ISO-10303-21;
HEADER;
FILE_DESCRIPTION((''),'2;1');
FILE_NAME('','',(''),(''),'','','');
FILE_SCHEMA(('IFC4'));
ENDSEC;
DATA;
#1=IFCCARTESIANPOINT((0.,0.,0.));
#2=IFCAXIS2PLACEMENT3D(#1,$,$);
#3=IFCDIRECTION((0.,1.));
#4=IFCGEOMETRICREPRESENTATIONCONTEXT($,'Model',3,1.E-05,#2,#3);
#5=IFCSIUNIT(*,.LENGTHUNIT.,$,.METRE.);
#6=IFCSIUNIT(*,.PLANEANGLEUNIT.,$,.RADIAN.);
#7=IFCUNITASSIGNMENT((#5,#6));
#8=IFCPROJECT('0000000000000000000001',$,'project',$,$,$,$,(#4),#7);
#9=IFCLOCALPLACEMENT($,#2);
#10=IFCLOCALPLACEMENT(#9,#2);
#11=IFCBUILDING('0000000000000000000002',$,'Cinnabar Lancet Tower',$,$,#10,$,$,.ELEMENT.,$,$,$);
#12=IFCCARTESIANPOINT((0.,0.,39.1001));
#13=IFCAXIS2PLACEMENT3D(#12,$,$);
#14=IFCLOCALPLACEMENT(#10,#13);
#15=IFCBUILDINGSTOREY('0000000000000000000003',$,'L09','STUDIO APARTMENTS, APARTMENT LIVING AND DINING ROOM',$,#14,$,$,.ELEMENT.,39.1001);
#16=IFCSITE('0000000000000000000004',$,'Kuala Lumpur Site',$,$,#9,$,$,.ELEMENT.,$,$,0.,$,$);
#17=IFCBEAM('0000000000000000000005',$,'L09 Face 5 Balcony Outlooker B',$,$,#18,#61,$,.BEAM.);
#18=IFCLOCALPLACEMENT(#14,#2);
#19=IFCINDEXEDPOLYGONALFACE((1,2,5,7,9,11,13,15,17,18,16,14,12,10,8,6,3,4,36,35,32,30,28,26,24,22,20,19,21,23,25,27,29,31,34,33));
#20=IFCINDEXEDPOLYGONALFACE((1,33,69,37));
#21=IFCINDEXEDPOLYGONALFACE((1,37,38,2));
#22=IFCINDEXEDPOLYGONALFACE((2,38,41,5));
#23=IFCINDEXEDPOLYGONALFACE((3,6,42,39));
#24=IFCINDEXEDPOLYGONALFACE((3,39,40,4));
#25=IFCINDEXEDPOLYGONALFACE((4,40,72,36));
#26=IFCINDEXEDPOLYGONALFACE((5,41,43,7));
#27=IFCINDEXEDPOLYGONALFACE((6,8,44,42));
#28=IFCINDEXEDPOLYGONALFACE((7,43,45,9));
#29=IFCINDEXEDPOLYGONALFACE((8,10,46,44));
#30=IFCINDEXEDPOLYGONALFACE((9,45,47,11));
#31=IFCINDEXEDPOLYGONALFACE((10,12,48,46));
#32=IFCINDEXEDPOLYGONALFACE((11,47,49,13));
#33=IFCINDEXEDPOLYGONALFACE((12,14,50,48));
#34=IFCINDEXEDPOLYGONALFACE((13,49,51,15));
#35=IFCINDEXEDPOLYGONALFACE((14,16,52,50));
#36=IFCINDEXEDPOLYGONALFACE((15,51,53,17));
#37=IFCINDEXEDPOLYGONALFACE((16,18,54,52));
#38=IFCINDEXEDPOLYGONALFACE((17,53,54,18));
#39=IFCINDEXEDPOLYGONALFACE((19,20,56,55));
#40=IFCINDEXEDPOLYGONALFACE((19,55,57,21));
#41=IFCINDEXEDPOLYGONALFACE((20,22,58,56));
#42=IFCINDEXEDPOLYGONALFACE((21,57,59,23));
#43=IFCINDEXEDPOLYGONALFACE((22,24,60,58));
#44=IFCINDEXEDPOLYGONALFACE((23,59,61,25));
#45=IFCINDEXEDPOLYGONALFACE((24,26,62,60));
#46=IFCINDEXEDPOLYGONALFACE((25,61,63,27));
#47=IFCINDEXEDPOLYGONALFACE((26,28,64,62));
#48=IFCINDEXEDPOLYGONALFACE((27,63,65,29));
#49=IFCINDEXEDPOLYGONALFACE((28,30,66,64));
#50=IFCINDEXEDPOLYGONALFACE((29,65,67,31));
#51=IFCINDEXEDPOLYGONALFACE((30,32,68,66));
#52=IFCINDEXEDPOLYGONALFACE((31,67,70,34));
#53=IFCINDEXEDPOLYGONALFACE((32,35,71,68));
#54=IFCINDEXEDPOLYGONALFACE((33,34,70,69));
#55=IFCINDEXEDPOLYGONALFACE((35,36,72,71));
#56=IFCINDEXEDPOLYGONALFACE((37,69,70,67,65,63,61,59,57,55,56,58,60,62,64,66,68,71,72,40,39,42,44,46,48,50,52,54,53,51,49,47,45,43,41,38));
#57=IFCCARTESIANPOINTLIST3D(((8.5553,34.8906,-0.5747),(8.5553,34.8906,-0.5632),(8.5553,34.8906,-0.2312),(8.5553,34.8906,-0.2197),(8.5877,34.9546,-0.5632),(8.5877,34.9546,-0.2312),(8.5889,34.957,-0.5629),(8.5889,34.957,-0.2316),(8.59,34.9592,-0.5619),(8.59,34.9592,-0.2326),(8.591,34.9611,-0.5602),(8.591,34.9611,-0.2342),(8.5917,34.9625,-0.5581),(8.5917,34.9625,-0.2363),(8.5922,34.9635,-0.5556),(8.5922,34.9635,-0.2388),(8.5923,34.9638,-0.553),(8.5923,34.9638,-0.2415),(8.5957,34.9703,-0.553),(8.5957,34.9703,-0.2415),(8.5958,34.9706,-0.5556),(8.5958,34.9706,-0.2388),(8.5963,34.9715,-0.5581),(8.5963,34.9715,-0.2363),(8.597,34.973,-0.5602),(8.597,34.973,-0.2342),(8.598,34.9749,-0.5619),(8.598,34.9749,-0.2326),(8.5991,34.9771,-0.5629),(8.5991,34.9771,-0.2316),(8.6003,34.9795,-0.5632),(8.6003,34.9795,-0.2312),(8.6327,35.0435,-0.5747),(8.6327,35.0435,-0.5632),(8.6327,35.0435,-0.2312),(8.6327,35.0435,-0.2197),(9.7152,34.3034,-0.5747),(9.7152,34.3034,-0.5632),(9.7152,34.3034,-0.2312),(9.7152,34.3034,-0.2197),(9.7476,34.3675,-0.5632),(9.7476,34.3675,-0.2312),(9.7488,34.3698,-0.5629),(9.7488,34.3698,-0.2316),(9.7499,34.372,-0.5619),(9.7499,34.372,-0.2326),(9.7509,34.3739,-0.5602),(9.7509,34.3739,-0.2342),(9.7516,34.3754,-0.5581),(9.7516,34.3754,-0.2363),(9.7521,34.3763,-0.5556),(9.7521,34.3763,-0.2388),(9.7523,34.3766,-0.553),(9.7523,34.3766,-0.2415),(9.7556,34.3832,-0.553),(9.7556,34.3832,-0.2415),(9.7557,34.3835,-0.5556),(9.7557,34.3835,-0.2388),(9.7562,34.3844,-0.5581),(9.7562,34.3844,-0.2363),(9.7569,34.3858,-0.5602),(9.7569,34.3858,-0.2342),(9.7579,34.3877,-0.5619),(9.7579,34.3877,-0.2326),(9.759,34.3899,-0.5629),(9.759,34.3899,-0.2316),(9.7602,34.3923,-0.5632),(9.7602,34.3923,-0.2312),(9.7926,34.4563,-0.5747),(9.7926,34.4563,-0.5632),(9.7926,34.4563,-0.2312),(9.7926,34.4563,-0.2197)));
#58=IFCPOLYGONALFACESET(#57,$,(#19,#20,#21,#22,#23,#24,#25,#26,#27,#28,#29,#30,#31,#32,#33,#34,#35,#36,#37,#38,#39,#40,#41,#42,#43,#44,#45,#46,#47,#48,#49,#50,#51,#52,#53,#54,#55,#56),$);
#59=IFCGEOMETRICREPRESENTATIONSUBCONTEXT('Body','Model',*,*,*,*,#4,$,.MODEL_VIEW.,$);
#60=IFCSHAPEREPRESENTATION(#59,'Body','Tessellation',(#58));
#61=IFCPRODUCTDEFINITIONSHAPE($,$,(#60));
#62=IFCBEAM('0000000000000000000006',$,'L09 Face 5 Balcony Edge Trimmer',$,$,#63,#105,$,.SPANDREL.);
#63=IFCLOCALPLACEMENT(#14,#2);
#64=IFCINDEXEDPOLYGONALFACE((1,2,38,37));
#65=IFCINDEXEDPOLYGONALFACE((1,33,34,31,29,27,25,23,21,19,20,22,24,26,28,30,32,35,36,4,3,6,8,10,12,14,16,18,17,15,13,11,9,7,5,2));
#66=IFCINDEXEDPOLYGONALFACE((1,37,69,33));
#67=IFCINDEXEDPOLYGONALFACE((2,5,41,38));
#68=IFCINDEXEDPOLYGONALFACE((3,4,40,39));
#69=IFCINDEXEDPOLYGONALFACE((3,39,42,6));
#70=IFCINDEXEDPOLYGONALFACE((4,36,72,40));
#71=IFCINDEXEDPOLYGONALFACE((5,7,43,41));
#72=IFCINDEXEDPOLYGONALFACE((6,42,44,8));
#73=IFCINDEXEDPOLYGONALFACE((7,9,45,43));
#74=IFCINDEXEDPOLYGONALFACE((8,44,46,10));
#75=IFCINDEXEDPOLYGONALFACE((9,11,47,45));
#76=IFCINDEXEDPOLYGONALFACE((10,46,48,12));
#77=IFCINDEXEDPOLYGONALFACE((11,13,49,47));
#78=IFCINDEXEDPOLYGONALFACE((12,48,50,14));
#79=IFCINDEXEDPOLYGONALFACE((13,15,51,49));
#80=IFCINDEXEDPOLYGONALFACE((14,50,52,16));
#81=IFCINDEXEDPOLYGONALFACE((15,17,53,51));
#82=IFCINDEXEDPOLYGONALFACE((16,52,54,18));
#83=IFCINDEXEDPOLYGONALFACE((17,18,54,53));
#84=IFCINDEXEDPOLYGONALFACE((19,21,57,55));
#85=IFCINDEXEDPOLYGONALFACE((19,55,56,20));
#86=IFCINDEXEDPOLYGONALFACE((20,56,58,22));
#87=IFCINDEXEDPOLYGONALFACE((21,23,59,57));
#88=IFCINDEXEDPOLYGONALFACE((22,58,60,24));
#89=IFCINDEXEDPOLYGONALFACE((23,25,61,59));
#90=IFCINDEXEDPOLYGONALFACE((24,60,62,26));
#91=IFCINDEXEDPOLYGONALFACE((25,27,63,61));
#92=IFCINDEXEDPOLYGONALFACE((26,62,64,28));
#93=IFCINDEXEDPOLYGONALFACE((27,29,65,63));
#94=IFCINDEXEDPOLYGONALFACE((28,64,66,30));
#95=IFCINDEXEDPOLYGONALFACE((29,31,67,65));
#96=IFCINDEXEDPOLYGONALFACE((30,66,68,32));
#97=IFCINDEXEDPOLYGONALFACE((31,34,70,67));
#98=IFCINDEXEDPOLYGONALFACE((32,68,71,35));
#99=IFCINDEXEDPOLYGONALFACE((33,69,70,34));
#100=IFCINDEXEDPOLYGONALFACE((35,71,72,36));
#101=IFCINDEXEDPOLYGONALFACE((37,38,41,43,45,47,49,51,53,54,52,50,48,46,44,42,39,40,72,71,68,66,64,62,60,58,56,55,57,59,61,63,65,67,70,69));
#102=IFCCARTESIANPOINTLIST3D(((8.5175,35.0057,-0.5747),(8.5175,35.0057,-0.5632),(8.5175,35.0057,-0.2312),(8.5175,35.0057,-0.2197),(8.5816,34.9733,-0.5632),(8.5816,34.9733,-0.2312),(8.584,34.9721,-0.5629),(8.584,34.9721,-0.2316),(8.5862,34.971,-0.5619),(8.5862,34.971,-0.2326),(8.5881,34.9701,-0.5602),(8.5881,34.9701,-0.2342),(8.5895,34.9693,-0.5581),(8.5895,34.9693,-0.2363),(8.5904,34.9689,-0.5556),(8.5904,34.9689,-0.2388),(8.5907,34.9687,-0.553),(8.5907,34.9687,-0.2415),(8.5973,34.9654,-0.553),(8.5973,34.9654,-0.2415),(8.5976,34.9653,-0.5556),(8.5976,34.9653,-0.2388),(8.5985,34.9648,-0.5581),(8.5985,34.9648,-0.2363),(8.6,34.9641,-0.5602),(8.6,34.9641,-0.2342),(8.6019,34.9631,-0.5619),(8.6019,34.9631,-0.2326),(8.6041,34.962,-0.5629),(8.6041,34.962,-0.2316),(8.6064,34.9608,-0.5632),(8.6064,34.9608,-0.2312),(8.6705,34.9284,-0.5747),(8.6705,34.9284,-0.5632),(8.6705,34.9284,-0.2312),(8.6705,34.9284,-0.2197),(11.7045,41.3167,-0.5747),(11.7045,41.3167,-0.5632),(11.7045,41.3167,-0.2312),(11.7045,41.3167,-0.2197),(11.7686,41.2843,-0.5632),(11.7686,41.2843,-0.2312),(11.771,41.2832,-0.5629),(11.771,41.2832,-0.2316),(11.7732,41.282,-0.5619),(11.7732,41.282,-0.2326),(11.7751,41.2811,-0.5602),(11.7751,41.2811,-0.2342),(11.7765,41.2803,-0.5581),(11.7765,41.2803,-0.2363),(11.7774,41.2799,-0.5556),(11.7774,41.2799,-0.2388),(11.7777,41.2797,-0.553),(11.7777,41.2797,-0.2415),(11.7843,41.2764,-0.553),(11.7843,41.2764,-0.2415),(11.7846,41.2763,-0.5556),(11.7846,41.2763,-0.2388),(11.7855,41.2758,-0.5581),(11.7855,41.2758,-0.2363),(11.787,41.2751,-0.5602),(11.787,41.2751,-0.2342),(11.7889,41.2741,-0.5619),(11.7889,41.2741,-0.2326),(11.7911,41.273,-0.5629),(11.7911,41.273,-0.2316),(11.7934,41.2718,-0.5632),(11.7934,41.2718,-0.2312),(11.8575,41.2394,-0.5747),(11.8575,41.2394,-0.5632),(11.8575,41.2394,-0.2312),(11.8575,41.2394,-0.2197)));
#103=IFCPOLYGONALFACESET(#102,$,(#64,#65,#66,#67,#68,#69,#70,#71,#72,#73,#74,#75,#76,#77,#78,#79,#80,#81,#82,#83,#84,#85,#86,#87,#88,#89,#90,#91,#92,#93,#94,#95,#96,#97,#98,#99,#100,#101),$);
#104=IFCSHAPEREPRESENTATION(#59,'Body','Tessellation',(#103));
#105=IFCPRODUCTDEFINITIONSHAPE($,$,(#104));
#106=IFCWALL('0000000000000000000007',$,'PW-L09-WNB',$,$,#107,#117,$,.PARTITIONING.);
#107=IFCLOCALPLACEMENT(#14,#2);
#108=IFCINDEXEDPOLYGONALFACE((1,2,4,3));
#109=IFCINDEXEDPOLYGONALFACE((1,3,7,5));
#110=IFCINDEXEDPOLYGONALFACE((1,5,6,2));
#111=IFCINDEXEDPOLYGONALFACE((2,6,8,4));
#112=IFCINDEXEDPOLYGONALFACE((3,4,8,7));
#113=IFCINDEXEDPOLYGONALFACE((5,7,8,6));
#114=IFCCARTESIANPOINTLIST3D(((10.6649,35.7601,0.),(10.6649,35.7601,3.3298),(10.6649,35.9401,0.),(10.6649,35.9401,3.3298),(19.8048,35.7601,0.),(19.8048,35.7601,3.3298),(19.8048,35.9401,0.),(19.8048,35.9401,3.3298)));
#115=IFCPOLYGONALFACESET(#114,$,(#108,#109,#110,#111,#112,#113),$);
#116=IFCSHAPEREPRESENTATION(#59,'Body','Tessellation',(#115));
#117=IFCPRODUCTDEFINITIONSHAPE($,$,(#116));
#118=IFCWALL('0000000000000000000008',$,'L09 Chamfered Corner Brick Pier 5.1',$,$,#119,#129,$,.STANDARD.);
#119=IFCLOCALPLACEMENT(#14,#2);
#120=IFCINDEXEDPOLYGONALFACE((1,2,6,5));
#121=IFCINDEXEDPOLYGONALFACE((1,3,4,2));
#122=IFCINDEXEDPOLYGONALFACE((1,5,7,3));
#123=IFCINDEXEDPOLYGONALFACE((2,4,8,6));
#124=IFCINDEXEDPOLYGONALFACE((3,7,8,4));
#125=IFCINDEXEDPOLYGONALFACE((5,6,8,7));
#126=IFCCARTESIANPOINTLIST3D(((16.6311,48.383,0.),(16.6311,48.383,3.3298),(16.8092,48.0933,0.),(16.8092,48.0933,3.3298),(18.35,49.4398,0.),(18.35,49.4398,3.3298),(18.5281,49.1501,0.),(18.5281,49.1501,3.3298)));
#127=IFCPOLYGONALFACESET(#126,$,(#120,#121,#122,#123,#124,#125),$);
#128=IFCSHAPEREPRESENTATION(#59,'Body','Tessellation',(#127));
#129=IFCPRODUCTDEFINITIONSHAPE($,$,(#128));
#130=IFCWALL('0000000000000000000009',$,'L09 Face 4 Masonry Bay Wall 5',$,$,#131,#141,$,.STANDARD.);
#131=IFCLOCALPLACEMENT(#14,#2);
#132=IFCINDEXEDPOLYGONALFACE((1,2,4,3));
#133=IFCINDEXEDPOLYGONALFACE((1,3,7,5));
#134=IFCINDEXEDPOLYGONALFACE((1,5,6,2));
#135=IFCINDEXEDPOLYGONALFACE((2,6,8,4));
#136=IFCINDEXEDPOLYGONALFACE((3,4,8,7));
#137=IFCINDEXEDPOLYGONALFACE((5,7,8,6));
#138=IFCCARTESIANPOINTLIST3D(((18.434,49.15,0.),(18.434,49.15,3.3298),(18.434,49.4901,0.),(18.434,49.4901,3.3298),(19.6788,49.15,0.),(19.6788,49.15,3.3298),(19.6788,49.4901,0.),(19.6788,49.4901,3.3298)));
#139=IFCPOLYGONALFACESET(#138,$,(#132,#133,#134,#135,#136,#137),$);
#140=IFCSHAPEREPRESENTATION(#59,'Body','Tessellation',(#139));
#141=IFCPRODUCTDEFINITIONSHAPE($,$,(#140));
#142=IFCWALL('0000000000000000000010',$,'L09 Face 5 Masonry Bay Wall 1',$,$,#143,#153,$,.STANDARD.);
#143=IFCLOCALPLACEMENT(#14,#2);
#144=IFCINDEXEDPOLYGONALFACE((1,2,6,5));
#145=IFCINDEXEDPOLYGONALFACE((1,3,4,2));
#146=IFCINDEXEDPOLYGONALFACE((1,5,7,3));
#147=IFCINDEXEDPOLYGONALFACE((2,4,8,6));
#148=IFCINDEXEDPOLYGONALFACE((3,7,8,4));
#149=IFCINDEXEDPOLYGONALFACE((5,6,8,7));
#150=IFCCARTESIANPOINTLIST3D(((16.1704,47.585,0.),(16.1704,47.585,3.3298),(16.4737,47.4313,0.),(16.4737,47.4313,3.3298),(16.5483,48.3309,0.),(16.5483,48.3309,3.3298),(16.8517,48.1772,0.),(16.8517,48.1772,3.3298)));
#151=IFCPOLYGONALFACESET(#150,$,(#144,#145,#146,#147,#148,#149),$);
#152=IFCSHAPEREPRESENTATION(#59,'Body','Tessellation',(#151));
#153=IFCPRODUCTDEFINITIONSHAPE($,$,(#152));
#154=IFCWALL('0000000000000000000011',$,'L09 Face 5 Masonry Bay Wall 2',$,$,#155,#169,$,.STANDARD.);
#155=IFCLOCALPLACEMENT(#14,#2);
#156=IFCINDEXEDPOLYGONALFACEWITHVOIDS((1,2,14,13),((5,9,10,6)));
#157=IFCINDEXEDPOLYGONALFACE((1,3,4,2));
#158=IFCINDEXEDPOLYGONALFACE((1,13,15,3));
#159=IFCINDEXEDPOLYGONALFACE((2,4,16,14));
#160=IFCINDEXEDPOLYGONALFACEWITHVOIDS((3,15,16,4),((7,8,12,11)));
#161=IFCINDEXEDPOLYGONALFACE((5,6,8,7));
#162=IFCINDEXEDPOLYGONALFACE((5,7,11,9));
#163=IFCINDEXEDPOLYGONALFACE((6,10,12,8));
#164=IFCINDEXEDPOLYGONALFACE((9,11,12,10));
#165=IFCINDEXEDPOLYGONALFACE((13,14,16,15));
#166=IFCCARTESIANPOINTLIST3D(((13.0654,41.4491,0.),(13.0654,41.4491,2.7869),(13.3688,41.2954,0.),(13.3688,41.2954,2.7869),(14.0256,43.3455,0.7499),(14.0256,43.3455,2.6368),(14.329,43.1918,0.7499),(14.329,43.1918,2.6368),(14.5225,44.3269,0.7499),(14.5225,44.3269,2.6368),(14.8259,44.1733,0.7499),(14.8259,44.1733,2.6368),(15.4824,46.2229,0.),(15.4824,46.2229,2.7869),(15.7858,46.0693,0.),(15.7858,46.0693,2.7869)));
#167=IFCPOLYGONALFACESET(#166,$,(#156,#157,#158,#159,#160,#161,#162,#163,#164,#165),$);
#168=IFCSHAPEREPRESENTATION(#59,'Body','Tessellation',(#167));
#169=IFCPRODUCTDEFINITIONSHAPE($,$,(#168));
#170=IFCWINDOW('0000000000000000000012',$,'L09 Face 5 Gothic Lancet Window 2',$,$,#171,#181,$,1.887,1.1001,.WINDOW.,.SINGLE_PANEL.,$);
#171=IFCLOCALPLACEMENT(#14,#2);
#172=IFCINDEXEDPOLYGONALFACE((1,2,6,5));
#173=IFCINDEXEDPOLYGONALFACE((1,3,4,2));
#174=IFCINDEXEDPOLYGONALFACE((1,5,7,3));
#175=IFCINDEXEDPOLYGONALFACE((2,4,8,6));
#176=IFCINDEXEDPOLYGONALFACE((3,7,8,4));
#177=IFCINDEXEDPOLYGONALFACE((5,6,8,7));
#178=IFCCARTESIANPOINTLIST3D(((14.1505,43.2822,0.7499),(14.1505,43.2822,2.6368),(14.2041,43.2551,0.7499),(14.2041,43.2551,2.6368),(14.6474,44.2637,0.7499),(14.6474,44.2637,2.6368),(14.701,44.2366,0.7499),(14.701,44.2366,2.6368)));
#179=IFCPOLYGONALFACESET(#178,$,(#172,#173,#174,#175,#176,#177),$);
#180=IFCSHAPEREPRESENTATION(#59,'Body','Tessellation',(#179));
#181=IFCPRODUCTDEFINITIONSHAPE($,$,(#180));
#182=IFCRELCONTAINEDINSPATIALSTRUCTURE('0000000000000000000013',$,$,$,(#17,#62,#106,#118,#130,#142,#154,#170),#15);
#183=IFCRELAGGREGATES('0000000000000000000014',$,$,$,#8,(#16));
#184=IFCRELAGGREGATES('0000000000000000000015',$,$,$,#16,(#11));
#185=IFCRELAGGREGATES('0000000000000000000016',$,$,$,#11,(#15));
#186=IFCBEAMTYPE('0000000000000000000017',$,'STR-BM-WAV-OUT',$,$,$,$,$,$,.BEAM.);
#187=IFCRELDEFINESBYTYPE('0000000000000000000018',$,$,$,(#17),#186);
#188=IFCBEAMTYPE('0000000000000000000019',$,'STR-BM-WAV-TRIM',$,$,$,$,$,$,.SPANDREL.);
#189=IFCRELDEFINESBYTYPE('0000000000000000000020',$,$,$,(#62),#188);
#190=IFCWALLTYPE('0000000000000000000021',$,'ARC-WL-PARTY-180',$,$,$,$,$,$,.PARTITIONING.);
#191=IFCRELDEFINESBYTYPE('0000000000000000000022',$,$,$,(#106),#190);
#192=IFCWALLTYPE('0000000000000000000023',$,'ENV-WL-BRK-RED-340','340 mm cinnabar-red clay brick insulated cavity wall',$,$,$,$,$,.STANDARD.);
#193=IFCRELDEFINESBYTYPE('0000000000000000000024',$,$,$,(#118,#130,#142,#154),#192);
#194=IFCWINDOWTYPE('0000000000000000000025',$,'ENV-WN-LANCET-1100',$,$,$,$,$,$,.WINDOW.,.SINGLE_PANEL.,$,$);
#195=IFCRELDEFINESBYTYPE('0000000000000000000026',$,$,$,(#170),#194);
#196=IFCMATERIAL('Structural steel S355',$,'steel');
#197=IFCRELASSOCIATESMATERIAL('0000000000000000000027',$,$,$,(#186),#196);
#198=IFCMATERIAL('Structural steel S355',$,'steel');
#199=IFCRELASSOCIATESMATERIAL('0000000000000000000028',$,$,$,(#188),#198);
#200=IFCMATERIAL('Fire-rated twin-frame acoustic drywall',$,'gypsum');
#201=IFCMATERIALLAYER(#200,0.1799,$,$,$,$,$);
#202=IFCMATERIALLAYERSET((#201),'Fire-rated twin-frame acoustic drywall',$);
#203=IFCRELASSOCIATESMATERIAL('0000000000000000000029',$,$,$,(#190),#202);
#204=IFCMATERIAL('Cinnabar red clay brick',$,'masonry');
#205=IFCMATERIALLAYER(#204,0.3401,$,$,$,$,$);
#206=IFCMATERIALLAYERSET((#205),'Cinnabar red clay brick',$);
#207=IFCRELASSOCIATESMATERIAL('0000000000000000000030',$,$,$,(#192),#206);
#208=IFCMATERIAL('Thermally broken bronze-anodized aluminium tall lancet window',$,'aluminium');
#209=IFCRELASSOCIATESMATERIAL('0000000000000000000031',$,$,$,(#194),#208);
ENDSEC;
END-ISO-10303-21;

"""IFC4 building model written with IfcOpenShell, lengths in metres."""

from ifc_helpers import new_model, si_unit, direction, frame, frame_2d, origin, origin_2d, place, context, subcontext, project, spatial, rectangle, i_section, extrude, material, layer, layer_set, material_profile, profile_set, type_object, element, fill, save


model = new_model("IFC4")

# Units and contexts
model_context = context("Model", 3, precision=1e-05, world=origin(), true_north=direction((0.0, 1.0)))
body_context = subcontext(model_context, "Body", "Model", "MODEL_VIEW")
ifc_project = project(units=[si_unit("LENGTHUNIT", "METRE"), si_unit("PLANEANGLEUNIT", "RADIAN")], contexts=[model_context])

# Site, building, storey
site_placement = place(None, origin())
site = spatial("IfcSite", under=ifc_project, at=site_placement, Name="Kuala Lumpur Site", CompositionType="ELEMENT", RefElevation=0.0)
building_placement = place(site_placement, origin())
building = spatial("IfcBuilding", under=site, at=building_placement, Name="Cinnabar Lancet Tower", CompositionType="ELEMENT")
storey_placement = place(building_placement, frame((0.0, 0.0, 39.1001)))
storey = spatial("IfcBuildingStorey", under=building, at=storey_placement, Name="L09", Description="STUDIO APARTMENTS, APARTMENT LIVING AND DINING ROOM", CompositionType="ELEMENT", Elevation=39.1001)

# Beams
ifc_material_1 = material(Name="Structural steel S355", Category="steel")
ifc_material_profile_1 = material_profile(ifc_material_1, i_section(OverallWidth=0.1714, OverallDepth=0.355, WebThickness=0.0073, FlangeThickness=0.0115, FilletRadius=0.0103, at=origin_2d()), Name="UKB 356x171x51")
ifc_profile_set_1 = profile_set([ifc_material_profile_1], Name="Structural steel S355")
beam_type_1 = type_object("IfcBeamType", Name="STR-BM-WAV-OUT", PredefinedType="BEAM", material=ifc_profile_set_1)
for number, where, z_axis, x_axis, name in (
    (1, (9.7539, 34.3799, -0.3972), (-0.8922, 0.45164, 0.0), (-0.45164, -0.8922, 0.0), "L09 Face 5 Balcony Outlooker B"),
):
    element("IfcBeam", number, at=place(storey_placement, frame(where, z_axis=z_axis, x_axis=x_axis)), inside=storey, type_object=beam_type_1, Name=name, PredefinedType="BEAM", context=body_context, shape_type="SweptSolid", body=[
        extrude(i_section(OverallWidth=0.1714, OverallDepth=0.355, WebThickness=0.0073, FlangeThickness=0.0115, FilletRadius=0.0103, at=origin_2d()), origin(), (0.0, 0.0, 1.0), 1.3),
    ])
ifc_material_2 = material(Name="Structural steel S355", Category="steel")
ifc_material_profile_2 = material_profile(ifc_material_2, i_section(OverallWidth=0.1714, OverallDepth=0.355, WebThickness=0.0073, FlangeThickness=0.0115, FilletRadius=0.0103, at=origin_2d()), Name="UKB 356x171x51")
ifc_profile_set_2 = profile_set([ifc_material_profile_2], Name="Structural steel S355")
beam_type_2 = type_object("IfcBeamType", Name="STR-BM-WAV-TRIM", PredefinedType="SPANDREL", material=ifc_profile_set_2)
beam_1_placement = place(storey_placement, frame((11.781, 41.2781, -0.3972), z_axis=(-0.450774, -0.892638, 0.0), x_axis=(0.892638, -0.450774, 0.0)))
element("IfcBeam", 2, at=beam_1_placement, inside=storey, type_object=beam_type_2, Name="L09 Face 5 Balcony Edge Trimmer", PredefinedType="SPANDREL", context=body_context, shape_type="SweptSolid", body=[
    extrude(i_section(OverallWidth=0.1714, OverallDepth=0.355, WebThickness=0.0073, FlangeThickness=0.0115, FilletRadius=0.0103, at=origin_2d()), origin(), (0.0, 0.0, 1.0), 7.0701),
])

# Walls
ifc_material_3 = material(Name="Fire-rated twin-frame acoustic drywall", Category="gypsum")
ifc_layer_1 = layer(ifc_material_3, 0.1799)
ifc_layer_set_1 = layer_set([ifc_layer_1], Name="Fire-rated twin-frame acoustic drywall")
wall_type_1 = type_object("IfcWallType", Name="ARC-WL-PARTY-180", PredefinedType="PARTITIONING", material=ifc_layer_set_1)
wall_1_placement = place(storey_placement, frame((10.665, 35.8501, 0.0), z_axis=(0.0, 0.0, 1.0), x_axis=(1.0, 0.0, 0.0)))
element("IfcWall", 3, at=wall_1_placement, inside=storey, type_object=wall_type_1, Name="PW-L09-WNB", PredefinedType="PARTITIONING", context=body_context, shape_type="SweptSolid", body=[
    extrude(rectangle(XDim=9.1399, YDim=0.1799, at=frame_2d((4.5698, 0.0))), origin(), (0.0, 0.0, 1.0), 3.3298),
])
ifc_material_4 = material(Name="Cinnabar red clay brick", Category="masonry")
ifc_layer_2 = layer(ifc_material_4, 0.3401)
ifc_layer_set_2 = layer_set([ifc_layer_2], Name="Cinnabar red clay brick")
wall_type_2 = type_object("IfcWallType", Name="ENV-WL-BRK-RED-340", Description="340 mm cinnabar-red clay brick insulated cavity wall", PredefinedType="STANDARD", material=ifc_layer_set_2)
wall_2_placement = place(storey_placement, frame((18.439, 49.2949, 0.0), z_axis=(0.0, 0.0, 1.0), x_axis=(-0.85187, -0.523753, 0.0)))
element("IfcWall", 4, at=wall_2_placement, inside=storey, type_object=wall_type_2, Name="L09 Chamfered Corner Brick Pier 5.1", PredefinedType="STANDARD", context=body_context, shape_type="SweptSolid", body=[
    extrude(rectangle(XDim=2.0178, YDim=0.3401, at=frame_2d((1.0088, 0.0))), origin(), (0.0, 0.0, 1.0), 3.3298),
])
wall_3_placement = place(storey_placement, frame((19.679, 49.3201, 0.0), z_axis=(0.0, 0.0, 1.0), x_axis=(-1.0, 0.0, 0.0)))
element("IfcWall", 5, at=wall_3_placement, inside=storey, type_object=wall_type_2, Name="L09 Face 4 Masonry Bay Wall 5", PredefinedType="STANDARD", context=body_context, shape_type="SweptSolid", body=[
    extrude(rectangle(XDim=1.2449, YDim=0.3401, at=frame_2d((0.6226, 0.0))), origin(), (0.0, 0.0, 1.0), 3.3298),
])
wall_4_placement = place(storey_placement, frame((16.7, 48.2539, 0.0), z_axis=(0.0, 0.0, 1.0), x_axis=(-0.451996, -0.89202, 0.0)))
element("IfcWall", 6, at=wall_4_placement, inside=storey, type_object=wall_type_2, Name="L09 Face 5 Masonry Bay Wall 1", PredefinedType="STANDARD", context=body_context, shape_type="SweptSolid", body=[
    extrude(rectangle(XDim=0.8362, YDim=0.3401, at=frame_2d((0.418, 0.0))), origin(), (0.0, 0.0, 1.0), 3.3298),
])

# Wall, opening, window
wall_5_placement = place(storey_placement, frame((15.634, 46.146, 0.0), z_axis=(0.0, 0.0, 1.0), x_axis=(-0.451698, -0.892171, 0.0)))
wall_5 = element("IfcWall", 7, at=wall_5_placement, inside=storey, type_object=wall_type_2, Name="L09 Face 5 Masonry Bay Wall 2", PredefinedType="STANDARD", context=body_context, shape_type="SweptSolid", body=[
    extrude(rectangle(XDim=5.3508, YDim=0.3401, at=frame_2d((2.6753, 0.0))), origin(), (0.0, 0.0, 1.0), 2.7869),
])
opening_1_placement = place(wall_5_placement, frame((2.125, 0.0, 0.75)))
opening_1 = element("IfcOpeningElement", 8, at=opening_1_placement, cuts=wall_5, PredefinedType="OPENING", context=body_context, shape_type="SweptSolid", body=[
    extrude(rectangle(XDim=1.1001, YDim=1.887, at=frame_2d((0.55, 0.9434))), frame((0.0, 0.1799, 0.0), z_axis=(0.0, -1.0, 0.0), x_axis=(1.0, 0.0, 0.0)), (0.0, 0.0, 1.0), 0.3601),
])
ifc_material_5 = material(Name="Thermally broken bronze-anodized aluminium tall lancet window", Category="aluminium")
window_type = type_object("IfcWindowType", Name="ENV-WN-LANCET-1100", PartitioningType="SINGLE_PANEL", PredefinedType="WINDOW", material=ifc_material_5)
window_placement = place(opening_1_placement, origin())
window = element("IfcWindow", 9, at=window_placement, inside=storey, type_object=window_type, Name="L09 Face 5 Gothic Lancet Window 2", OverallHeight=1.887, OverallWidth=1.1001, PartitioningType="SINGLE_PANEL", PredefinedType="WINDOW", context=body_context, shape_type="SweptSolid", body=[
    extrude(rectangle(XDim=1.1001, YDim=1.887, at=frame_2d((0.55, 0.9434))), frame((0.0, 0.03, 0.0), z_axis=(0.0, -1.0, 0.0), x_axis=(1.0, 0.0, 0.0)), (0.0, 0.0, 1.0), 0.0601),
])
fill(opening_1, window)

save(model, "model.ifc")
